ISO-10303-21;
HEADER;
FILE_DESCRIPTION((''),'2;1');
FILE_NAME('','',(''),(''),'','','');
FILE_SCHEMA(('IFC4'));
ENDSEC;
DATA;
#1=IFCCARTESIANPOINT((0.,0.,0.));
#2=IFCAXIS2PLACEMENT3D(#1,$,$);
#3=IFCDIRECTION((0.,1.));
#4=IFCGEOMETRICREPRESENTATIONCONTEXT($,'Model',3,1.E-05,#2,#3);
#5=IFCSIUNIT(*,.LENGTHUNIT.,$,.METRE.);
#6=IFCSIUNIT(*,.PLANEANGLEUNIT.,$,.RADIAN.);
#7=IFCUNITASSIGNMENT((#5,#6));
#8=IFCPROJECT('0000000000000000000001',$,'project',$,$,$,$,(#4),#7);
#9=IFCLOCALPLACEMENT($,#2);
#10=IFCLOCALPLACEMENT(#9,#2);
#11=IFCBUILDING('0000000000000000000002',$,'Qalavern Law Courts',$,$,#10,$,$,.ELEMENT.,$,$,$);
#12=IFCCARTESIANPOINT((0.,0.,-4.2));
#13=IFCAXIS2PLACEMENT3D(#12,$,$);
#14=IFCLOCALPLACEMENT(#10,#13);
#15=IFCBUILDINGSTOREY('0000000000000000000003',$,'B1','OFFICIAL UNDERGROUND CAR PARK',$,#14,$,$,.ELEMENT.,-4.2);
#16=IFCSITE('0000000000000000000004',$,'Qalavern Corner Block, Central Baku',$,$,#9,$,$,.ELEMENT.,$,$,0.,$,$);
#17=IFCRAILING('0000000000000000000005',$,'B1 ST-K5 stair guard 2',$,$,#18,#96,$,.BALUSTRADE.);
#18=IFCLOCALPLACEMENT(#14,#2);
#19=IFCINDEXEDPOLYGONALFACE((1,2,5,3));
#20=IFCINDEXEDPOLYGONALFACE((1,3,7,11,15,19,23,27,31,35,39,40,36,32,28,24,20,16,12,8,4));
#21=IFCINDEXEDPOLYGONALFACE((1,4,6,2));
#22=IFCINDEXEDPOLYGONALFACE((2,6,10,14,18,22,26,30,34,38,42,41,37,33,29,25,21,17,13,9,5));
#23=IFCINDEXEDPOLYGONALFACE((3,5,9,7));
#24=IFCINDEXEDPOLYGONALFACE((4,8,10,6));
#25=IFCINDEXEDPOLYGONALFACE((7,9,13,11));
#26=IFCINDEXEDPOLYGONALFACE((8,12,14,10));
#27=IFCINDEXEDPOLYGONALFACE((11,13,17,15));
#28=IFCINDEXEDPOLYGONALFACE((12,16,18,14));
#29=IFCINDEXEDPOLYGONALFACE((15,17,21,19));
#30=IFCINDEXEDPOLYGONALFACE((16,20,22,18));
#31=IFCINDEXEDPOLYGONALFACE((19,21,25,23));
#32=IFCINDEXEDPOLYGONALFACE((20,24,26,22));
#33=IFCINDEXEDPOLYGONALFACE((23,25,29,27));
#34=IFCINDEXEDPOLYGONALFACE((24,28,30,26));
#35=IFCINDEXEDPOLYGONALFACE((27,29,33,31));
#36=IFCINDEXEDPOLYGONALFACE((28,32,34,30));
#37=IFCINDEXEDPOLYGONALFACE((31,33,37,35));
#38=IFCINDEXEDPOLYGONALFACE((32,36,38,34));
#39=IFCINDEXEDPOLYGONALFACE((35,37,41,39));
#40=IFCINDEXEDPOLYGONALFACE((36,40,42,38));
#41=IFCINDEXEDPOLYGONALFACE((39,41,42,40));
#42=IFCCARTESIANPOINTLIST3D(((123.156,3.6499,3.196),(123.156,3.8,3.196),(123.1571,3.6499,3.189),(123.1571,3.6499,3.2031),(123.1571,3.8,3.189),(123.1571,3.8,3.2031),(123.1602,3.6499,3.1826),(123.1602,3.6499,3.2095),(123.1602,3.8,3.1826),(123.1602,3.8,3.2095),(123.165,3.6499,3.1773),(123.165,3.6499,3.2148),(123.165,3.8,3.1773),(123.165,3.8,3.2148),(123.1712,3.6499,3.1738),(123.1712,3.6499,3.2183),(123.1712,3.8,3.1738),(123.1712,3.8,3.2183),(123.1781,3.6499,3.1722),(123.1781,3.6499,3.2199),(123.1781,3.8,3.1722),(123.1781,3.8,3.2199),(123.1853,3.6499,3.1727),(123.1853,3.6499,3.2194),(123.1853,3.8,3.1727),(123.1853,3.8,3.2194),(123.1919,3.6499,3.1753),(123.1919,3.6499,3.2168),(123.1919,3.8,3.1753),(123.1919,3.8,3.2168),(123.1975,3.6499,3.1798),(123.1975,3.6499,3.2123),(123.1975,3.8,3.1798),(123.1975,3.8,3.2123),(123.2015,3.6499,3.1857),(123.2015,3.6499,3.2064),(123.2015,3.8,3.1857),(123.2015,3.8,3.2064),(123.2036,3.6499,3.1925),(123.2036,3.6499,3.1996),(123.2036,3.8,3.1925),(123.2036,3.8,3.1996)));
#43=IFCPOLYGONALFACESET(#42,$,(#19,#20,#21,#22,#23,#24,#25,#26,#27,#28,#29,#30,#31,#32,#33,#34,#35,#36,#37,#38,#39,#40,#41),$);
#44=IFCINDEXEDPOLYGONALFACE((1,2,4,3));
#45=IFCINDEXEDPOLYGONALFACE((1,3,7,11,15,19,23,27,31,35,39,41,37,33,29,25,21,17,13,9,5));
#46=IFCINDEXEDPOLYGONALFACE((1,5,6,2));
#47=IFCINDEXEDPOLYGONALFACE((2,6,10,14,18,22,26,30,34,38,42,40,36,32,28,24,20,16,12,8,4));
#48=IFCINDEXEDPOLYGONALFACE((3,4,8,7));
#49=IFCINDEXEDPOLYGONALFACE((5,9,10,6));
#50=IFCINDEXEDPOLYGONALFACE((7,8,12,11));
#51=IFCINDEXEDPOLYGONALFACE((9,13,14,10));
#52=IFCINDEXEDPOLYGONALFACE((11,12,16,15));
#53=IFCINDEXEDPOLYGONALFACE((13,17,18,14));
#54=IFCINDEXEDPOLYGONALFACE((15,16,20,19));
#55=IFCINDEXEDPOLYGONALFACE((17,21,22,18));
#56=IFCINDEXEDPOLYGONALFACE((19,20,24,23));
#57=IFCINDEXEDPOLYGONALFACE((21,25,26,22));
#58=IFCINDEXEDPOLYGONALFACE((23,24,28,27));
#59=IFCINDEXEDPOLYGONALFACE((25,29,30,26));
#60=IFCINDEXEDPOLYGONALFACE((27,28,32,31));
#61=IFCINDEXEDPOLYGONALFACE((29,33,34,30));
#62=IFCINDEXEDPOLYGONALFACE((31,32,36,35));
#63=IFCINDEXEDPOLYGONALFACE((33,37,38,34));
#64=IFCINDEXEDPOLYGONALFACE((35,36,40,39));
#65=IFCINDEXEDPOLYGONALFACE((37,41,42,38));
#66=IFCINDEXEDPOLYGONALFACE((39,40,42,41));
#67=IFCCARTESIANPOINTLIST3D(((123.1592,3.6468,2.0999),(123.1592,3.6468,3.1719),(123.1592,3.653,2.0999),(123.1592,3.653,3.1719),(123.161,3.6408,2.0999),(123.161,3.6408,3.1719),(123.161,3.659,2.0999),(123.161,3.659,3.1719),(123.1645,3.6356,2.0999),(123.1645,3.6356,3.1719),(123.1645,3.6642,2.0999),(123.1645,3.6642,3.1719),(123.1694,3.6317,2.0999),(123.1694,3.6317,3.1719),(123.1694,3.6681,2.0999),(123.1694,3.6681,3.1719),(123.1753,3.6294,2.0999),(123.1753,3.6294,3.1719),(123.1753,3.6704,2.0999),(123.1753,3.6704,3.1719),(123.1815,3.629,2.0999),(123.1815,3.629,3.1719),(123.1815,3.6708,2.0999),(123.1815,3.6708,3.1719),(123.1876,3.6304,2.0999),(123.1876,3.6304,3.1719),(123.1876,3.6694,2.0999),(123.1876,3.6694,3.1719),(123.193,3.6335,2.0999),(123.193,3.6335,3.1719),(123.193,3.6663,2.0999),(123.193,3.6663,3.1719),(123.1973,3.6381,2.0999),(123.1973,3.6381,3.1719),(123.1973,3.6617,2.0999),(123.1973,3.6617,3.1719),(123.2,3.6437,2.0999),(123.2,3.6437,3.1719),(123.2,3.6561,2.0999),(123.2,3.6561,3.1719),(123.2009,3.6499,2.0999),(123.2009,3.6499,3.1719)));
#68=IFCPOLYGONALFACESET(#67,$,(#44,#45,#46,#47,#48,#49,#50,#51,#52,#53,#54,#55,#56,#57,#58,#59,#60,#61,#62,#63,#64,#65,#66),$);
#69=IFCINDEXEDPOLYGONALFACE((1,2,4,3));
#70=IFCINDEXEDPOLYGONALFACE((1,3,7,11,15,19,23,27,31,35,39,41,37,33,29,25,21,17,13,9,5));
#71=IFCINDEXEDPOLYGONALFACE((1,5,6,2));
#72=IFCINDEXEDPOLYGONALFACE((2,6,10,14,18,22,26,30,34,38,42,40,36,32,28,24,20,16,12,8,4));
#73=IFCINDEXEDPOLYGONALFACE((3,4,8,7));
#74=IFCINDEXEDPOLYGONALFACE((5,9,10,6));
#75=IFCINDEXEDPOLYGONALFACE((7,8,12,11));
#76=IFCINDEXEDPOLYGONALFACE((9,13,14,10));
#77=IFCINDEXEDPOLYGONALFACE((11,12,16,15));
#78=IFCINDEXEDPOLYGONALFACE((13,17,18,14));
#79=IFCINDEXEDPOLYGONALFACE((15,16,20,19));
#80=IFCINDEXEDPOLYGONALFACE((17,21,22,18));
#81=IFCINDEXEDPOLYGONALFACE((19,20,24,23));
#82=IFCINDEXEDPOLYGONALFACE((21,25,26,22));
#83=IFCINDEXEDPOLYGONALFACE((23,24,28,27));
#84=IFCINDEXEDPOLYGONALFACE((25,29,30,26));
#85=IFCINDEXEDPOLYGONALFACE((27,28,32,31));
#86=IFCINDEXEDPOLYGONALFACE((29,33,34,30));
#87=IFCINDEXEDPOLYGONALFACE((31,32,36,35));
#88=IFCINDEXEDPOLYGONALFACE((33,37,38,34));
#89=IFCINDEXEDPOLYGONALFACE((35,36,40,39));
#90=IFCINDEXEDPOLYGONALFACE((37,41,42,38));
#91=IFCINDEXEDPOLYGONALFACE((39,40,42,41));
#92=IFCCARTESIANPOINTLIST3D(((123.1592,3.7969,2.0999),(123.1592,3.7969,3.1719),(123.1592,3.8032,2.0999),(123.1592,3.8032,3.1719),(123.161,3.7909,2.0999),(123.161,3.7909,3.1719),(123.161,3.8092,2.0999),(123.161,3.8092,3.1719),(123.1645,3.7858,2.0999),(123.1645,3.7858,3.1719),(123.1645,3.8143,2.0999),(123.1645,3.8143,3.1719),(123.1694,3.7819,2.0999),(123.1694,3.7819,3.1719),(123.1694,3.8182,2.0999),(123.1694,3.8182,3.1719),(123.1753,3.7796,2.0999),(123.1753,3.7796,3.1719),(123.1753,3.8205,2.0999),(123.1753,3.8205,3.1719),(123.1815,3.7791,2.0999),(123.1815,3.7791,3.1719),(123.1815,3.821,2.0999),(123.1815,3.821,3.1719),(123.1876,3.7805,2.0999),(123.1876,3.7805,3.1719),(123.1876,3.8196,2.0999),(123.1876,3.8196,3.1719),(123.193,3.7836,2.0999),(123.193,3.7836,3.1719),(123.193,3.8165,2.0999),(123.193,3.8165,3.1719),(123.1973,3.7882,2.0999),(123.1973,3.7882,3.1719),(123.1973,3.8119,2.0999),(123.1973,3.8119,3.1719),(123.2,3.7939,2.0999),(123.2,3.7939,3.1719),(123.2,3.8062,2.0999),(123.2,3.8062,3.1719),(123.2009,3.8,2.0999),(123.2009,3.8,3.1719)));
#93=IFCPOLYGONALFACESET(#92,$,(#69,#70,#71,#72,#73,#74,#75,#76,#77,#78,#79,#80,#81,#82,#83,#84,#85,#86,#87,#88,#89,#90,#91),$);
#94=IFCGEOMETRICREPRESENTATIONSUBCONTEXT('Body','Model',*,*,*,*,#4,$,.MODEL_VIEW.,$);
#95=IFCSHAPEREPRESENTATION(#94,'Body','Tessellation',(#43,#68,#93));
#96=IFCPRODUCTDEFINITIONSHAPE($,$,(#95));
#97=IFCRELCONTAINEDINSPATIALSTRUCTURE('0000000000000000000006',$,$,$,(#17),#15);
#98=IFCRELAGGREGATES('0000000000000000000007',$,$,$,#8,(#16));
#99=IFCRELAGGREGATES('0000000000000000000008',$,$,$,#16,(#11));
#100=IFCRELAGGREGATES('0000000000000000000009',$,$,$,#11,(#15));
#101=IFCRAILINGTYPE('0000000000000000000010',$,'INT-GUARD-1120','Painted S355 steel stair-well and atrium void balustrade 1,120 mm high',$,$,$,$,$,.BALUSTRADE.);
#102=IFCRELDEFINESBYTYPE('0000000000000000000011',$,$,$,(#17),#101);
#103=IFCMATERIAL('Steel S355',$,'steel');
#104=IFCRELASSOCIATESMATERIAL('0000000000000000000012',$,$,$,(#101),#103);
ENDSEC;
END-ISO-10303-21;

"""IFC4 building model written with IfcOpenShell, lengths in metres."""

from ifc_helpers import new_model, si_unit, direction, frame, origin, origin_2d, place, context, subcontext, project, spatial, circle, extrude, material, type_object, element, save


model = new_model("IFC4")

# Units and contexts
model_context = context("Model", 3, precision=1e-05, world=origin(), true_north=direction((0.0, 1.0)))
body_context = subcontext(model_context, "Body", "Model", "MODEL_VIEW")
ifc_project = project(units=[si_unit("LENGTHUNIT", "METRE"), si_unit("PLANEANGLEUNIT", "RADIAN")], contexts=[model_context])

# Site, building, storey
site_placement = place(None, origin())
site = spatial("IfcSite", under=ifc_project, at=site_placement, Name="Qalavern Corner Block, Central Baku", CompositionType="ELEMENT", RefElevation=0.0)
building_placement = place(site_placement, origin())
building = spatial("IfcBuilding", under=site, at=building_placement, Name="Qalavern Law Courts", CompositionType="ELEMENT")
storey_placement = place(building_placement, frame((0.0, 0.0, -4.2)))
storey = spatial("IfcBuildingStorey", under=building, at=storey_placement, Name="B1", Description="OFFICIAL UNDERGROUND CAR PARK", CompositionType="ELEMENT", Elevation=-4.2)

# Shared definitions
ifc_material_1 = material(Name="Steel S355", Category="steel")

# Railing
railing_type_1 = type_object("IfcRailingType", Name="INT-GUARD-1120", Description="Painted S355 steel stair-well and atrium void balustrade 1,120 mm high", PredefinedType="BALUSTRADE", material=ifc_material_1)
railing_1_placement = place(storey_placement, frame((123.1799, 3.6499, 2.0999)))
element("IfcRailing", 1, at=railing_1_placement, inside=storey, type_object=railing_type_1, Name="B1 ST-K5 stair guard 2", PredefinedType="BALUSTRADE", context=body_context, shape_type="SweptSolid", body=[
    extrude(circle(Radius=0.0239, at=origin_2d()), frame((0.0, 0.0, 1.0962), z_axis=(0.0, 1.0, 0.0), x_axis=(-1.0, 0.0, 0.0)), (0.0, 0.0, 1.0), 0.1501),
    extrude(circle(Radius=0.021, at=origin_2d()), origin(), (0.0, 0.0, 1.0), 1.072),
    extrude(circle(Radius=0.021, at=origin_2d()), frame((0.0, 0.1501, 0.0)), (0.0, 0.0, 1.0), 1.072),
])

save(model, "model.ifc")
